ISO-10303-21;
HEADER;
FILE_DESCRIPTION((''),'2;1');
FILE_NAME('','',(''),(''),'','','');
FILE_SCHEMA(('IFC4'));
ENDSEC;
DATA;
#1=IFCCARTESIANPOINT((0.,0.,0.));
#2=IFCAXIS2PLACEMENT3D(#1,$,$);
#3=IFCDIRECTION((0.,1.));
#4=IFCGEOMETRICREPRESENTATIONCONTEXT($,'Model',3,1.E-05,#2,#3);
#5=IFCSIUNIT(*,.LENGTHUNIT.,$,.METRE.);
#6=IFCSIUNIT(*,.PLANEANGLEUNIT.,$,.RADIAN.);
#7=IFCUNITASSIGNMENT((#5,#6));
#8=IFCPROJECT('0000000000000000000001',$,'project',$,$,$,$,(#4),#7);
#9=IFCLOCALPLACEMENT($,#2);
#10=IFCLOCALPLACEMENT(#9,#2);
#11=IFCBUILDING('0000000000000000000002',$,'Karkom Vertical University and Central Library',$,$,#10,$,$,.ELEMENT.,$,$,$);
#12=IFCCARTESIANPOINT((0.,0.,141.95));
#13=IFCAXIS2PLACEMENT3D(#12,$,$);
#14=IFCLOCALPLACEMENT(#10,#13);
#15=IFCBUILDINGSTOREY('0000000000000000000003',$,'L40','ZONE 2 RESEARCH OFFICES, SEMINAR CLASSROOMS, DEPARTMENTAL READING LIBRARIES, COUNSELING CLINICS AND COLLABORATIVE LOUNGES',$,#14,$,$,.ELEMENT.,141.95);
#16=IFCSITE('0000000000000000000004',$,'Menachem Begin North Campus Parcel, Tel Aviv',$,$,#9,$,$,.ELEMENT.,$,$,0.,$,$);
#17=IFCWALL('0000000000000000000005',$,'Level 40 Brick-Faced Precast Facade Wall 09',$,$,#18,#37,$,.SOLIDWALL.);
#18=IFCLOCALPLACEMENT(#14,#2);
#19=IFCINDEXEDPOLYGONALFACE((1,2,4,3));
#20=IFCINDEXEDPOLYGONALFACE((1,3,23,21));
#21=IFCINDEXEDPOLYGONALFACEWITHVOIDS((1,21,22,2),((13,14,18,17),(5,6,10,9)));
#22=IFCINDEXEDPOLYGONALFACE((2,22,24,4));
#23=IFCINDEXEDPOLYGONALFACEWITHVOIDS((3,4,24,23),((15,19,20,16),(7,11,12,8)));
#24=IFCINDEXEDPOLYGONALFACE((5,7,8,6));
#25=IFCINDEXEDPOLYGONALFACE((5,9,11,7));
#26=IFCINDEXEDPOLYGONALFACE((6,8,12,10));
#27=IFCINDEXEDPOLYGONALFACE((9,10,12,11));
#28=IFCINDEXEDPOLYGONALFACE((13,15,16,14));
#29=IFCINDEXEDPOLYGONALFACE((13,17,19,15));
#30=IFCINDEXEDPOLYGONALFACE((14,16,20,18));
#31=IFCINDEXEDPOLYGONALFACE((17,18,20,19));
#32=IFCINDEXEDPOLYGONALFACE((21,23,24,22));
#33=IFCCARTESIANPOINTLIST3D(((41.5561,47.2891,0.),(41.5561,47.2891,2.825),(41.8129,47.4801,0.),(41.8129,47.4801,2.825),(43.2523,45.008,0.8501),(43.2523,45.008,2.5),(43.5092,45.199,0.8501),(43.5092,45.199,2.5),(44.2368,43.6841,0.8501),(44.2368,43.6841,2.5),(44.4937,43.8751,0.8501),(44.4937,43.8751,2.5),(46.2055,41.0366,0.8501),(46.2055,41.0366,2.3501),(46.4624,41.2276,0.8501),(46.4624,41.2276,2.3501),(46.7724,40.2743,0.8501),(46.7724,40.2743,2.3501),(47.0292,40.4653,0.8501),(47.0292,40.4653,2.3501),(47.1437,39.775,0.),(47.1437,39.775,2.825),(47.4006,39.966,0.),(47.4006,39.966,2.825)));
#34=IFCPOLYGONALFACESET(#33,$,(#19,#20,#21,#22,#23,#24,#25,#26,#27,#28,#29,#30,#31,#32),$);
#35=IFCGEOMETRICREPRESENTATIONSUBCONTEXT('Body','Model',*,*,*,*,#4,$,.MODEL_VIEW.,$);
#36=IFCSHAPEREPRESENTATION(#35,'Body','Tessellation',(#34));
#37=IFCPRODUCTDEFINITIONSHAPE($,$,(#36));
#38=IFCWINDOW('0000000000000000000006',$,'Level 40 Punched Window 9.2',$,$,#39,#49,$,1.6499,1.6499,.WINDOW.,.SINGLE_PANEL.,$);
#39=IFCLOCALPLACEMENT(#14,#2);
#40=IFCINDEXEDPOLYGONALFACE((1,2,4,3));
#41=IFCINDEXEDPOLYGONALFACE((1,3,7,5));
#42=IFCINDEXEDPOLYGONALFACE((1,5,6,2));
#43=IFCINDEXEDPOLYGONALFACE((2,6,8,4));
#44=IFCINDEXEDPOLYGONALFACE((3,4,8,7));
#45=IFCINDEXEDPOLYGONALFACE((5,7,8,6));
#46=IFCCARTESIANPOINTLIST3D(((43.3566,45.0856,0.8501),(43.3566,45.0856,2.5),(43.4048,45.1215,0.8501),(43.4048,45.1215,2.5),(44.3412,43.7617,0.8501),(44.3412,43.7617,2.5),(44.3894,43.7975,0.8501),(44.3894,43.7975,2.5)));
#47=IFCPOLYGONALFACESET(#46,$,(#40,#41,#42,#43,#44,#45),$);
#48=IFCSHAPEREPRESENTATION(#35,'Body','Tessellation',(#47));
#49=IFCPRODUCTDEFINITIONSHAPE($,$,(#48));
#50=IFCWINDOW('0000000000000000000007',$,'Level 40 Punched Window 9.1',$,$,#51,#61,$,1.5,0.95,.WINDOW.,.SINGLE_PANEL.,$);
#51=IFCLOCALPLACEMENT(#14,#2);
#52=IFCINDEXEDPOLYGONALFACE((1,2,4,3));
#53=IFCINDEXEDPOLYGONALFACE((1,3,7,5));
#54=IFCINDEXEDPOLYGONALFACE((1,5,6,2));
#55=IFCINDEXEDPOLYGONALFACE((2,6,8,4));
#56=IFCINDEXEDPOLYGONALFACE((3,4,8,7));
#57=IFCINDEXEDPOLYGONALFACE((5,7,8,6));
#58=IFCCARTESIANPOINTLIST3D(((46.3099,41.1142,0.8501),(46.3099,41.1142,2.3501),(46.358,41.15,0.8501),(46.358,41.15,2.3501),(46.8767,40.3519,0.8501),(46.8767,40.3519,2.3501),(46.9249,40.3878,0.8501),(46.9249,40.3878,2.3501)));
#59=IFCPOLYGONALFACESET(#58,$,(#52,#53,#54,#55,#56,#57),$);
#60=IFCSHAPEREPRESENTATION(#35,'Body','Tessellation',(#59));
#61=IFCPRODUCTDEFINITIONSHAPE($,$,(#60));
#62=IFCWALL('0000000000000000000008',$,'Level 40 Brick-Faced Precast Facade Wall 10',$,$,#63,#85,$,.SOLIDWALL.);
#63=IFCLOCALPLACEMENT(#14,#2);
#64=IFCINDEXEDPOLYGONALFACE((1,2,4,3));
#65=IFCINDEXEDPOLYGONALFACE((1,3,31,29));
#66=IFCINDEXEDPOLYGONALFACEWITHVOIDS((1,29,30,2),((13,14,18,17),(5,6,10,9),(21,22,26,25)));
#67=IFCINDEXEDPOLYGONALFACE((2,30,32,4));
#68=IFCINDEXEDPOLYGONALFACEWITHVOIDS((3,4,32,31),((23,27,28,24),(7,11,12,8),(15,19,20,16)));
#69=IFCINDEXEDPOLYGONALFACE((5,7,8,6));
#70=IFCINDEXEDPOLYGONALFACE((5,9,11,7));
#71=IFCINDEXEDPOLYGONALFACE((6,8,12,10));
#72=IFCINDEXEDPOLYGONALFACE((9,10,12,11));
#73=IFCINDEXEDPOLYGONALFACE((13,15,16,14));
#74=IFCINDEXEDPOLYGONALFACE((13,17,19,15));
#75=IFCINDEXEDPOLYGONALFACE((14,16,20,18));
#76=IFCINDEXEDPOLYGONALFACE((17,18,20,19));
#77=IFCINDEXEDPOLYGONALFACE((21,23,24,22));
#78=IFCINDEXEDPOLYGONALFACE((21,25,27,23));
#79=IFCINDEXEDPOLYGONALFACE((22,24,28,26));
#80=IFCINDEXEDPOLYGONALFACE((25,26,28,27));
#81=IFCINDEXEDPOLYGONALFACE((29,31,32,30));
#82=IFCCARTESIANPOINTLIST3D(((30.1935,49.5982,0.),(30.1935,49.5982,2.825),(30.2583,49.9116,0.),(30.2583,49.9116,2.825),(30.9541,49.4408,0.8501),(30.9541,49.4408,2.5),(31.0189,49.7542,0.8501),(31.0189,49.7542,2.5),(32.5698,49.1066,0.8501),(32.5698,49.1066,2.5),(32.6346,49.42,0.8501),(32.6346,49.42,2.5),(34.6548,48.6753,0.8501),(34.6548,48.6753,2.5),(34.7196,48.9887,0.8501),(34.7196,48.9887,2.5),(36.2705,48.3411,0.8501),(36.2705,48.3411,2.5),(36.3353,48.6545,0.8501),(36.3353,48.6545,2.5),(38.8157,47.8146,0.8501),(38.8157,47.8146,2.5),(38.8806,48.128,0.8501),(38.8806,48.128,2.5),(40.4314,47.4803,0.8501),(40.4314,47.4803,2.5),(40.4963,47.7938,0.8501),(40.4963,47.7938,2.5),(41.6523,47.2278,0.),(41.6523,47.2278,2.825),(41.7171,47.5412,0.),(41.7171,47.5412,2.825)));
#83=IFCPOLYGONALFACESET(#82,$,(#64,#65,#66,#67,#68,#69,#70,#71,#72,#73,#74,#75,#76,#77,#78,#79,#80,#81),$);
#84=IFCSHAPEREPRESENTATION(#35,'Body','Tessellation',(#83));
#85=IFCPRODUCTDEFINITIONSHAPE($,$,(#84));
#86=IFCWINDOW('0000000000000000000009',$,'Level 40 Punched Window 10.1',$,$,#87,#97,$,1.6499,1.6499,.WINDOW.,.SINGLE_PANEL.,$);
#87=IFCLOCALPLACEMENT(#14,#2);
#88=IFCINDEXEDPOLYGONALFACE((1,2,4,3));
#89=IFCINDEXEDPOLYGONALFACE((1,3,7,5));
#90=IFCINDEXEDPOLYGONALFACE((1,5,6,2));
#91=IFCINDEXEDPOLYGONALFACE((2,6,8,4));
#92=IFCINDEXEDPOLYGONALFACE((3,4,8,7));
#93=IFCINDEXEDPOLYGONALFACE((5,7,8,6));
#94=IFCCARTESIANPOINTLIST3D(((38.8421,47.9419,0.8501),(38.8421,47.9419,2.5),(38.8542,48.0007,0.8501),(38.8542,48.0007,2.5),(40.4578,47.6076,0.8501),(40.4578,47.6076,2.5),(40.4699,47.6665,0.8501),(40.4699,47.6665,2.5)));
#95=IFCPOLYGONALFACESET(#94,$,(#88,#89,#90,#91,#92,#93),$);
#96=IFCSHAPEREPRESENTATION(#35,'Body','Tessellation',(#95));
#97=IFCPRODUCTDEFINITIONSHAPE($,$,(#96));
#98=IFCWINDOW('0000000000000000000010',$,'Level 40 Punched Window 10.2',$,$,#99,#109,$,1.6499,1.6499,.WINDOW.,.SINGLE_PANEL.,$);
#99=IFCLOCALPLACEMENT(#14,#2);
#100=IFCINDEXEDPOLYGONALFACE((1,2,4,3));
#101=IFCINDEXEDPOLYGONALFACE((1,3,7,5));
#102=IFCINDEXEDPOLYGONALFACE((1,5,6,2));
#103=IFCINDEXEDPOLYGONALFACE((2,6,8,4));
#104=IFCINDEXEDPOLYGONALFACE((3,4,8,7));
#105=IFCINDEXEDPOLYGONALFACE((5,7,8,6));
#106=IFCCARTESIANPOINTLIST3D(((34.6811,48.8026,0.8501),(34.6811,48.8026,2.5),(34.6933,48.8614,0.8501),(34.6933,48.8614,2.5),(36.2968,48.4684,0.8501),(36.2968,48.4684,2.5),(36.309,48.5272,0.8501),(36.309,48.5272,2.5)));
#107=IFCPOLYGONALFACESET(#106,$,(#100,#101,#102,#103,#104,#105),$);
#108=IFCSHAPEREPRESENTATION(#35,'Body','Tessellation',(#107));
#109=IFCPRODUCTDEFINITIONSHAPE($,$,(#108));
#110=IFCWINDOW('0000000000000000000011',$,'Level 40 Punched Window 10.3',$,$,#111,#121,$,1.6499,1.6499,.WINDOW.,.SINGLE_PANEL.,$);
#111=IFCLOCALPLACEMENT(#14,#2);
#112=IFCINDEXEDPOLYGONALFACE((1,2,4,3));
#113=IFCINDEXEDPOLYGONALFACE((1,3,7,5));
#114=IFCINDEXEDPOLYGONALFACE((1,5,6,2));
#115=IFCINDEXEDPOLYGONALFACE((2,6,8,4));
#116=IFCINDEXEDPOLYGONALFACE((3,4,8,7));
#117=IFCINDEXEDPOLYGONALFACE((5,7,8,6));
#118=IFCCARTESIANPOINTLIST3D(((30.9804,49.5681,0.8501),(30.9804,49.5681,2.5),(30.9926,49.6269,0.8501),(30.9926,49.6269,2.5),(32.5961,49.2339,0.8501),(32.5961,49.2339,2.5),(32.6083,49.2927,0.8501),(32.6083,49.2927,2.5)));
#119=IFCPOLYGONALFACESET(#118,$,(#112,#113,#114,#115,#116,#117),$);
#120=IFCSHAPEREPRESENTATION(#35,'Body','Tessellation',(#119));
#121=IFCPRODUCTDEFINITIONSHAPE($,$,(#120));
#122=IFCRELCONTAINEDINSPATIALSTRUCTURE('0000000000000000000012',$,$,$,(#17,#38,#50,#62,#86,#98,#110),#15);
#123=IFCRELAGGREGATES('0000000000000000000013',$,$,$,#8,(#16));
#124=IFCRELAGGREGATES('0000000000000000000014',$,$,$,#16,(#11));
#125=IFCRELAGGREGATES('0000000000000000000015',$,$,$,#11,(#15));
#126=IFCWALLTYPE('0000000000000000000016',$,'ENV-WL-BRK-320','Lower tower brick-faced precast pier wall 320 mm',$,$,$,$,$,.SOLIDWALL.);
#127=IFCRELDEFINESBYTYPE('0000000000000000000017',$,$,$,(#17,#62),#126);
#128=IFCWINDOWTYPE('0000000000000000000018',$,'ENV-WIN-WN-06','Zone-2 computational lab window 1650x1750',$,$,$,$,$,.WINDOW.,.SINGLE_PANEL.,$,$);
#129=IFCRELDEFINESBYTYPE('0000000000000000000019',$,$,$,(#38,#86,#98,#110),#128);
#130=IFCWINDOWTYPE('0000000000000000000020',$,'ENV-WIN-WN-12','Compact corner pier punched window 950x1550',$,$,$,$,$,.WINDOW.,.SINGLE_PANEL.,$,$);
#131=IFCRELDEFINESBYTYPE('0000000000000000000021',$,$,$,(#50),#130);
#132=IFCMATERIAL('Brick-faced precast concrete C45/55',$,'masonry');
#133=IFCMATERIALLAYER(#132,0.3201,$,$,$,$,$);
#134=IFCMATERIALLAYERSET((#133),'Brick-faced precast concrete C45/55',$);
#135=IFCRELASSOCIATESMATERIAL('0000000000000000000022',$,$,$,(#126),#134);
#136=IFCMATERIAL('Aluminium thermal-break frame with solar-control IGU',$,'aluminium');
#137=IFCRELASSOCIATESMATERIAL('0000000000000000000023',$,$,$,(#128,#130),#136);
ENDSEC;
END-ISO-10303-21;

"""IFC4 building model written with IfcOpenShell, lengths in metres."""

from ifc_helpers import new_model, si_unit, direction, frame, frame_2d, origin, origin_with_axes, place, context, subcontext, project, spatial, rectangle, extrude, source, transform, mapped, material, layer, layer_set, type_object, element, fill, save


model = new_model("IFC4")

# Units and contexts
model_context = context("Model", 3, precision=1e-05, world=origin(), true_north=direction((0.0, 1.0)))
body_context = subcontext(model_context, "Body", "Model", "MODEL_VIEW")
ifc_project = project(units=[si_unit("LENGTHUNIT", "METRE"), si_unit("PLANEANGLEUNIT", "RADIAN")], contexts=[model_context])

# Site, building, storey
site_placement = place(None, origin())
site = spatial("IfcSite", under=ifc_project, at=site_placement, Name="Menachem Begin North Campus Parcel, Tel Aviv", CompositionType="ELEMENT", RefElevation=0.0)
building_placement = place(site_placement, origin())
building = spatial("IfcBuilding", under=site, at=building_placement, Name="Karkom Vertical University and Central Library", CompositionType="ELEMENT")
storey_placement = place(building_placement, frame((0.0, 0.0, 141.95)))
storey = spatial("IfcBuildingStorey", under=building, at=storey_placement, Name="L40", Description="ZONE 2 RESEARCH OFFICES, SEMINAR CLASSROOMS, DEPARTMENTAL READING LIBRARIES, COUNSELING CLINICS AND COLLABORATIVE LOUNGES", CompositionType="ELEMENT", Elevation=141.95)

# Walls, openings, windows
ifc_material_1 = material(Name="Brick-faced precast concrete C45/55", Category="masonry")
ifc_layer_1 = layer(ifc_material_1, 0.3201)
ifc_layer_set_1 = layer_set([ifc_layer_1], Name="Brick-faced precast concrete C45/55")
wall_type_1 = type_object("IfcWallType", Name="ENV-WL-BRK-320", Description="Lower tower brick-faced precast pier wall 320 mm", PredefinedType="SOLIDWALL", material=ifc_layer_set_1)
wall_1_placement = place(storey_placement, frame((47.2722, 39.8704, 0.0), z_axis=(0.0, 0.0, 1.0), x_axis=(-0.596716, 0.802452, 0.0)))
wall_1 = element("IfcWall", 1, at=wall_1_placement, inside=storey, type_object=wall_type_1, Name="Level 40 Brick-Faced Precast Facade Wall 09", PredefinedType="SOLIDWALL", context=body_context, shape_type="SweptSolid", body=[
    extrude(rectangle(XDim=9.364, YDim=0.3201, at=frame_2d((4.6821, 0.0))), origin(), (0.0, 0.0, 1.0), 2.825),
])
opening_1_placement = place(wall_1_placement, frame((0.6223, 0.0, 0.8501)))
opening_1 = element("IfcOpeningElement", 2, at=opening_1_placement, cuts=wall_1, PredefinedType="OPENING", context=body_context, shape_type="SweptSolid", body=[
    extrude(rectangle(XDim=0.95, YDim=1.5, at=frame_2d((0.4751, 0.75))), frame((0.0, 0.1699, 0.0), z_axis=(0.0, -1.0, 0.0), x_axis=(1.0, 0.0, 0.0)), (0.0, 0.0, 1.0), 0.3401),
])
opening_2_placement = place(wall_1_placement, frame((4.8716, 0.0, 0.8501)))
opening_2 = element("IfcOpeningElement", 3, at=opening_2_placement, cuts=wall_1, PredefinedType="OPENING", context=body_context, shape_type="SweptSolid", body=[
    extrude(rectangle(XDim=1.6499, YDim=1.6499, at=frame_2d((0.825, 0.825))), frame((0.0, 0.1699, 0.0), z_axis=(0.0, -1.0, 0.0), x_axis=(1.0, 0.0, 0.0)), (0.0, 0.0, 1.0), 0.3401),
])
ifc_material_2 = material(Name="Aluminium thermal-break frame with solar-control IGU", Category="aluminium")
window_type_1 = type_object("IfcWindowType", Name="ENV-WIN-WN-06", Description="Zone-2 computational lab window 1650x1750", PartitioningType="SINGLE_PANEL", PredefinedType="WINDOW", material=ifc_material_2)
shared_shape_1 = source(origin_with_axes(), body_context, "Body", "SweptSolid", [
    extrude(rectangle(XDim=1.6499, YDim=1.6499, at=frame_2d((0.825, 0.825))), frame((0.0, 0.03, 0.0), z_axis=(0.0, -1.0, 0.0), x_axis=(1.0, 0.0, 0.0)), (0.0, 0.0, 1.0), 0.0601),
])
window_1_placement = place(opening_2_placement, origin())
window_1 = element("IfcWindow", 4, at=window_1_placement, inside=storey, type_object=window_type_1, Name="Level 40 Punched Window 9.2", OverallHeight=1.6499, OverallWidth=1.6499, PartitioningType="SINGLE_PANEL", PredefinedType="WINDOW", context=body_context, shape_type="MappedRepresentation", body=[
    mapped(shared_shape_1, transform((0.0, 0.0, 0.0), scale=1.0)),
])
fill(opening_2, window_1)
window_type_2 = type_object("IfcWindowType", Name="ENV-WIN-WN-12", Description="Compact corner pier punched window 950x1550", PartitioningType="SINGLE_PANEL", PredefinedType="WINDOW", material=ifc_material_2)
shared_shape_2 = source(origin_with_axes(), body_context, "Body", "SweptSolid", [
    extrude(rectangle(XDim=0.95, YDim=1.5, at=frame_2d((0.4751, 0.75))), frame((0.0, 0.03, 0.0), z_axis=(0.0, -1.0, 0.0), x_axis=(1.0, 0.0, 0.0)), (0.0, 0.0, 1.0), 0.0601),
])
window_2_placement = place(opening_1_placement, origin())
window_2 = element("IfcWindow", 5, at=window_2_placement, inside=storey, type_object=window_type_2, Name="Level 40 Punched Window 9.1", OverallHeight=1.5, OverallWidth=0.95, PartitioningType="SINGLE_PANEL", PredefinedType="WINDOW", context=body_context, shape_type="MappedRepresentation", body=[
    mapped(shared_shape_2, transform((0.0, 0.0, 0.0), scale=1.0)),
])
fill(opening_1, window_2)
wall_2_placement = place(storey_placement, frame((41.6846, 47.3845, 0.0), z_axis=(0.0, 0.0, 1.0), x_axis=(-0.979267, 0.202572, 0.0)))
wall_2 = element("IfcWall", 6, at=wall_2_placement, inside=storey, type_object=wall_type_1, Name="Level 40 Brick-Faced Precast Facade Wall 10", PredefinedType="SOLIDWALL", context=body_context, shape_type="SweptSolid", body=[
    extrude(rectangle(XDim=11.7014, YDim=0.3201, at=frame_2d((5.8506, 0.0))), origin(), (0.0, 0.0, 1.0), 2.825),
])
opening_3_placement = place(wall_2_placement, frame((1.2466, 0.0, 0.8501)))
opening_3 = element("IfcOpeningElement", 7, at=opening_3_placement, cuts=wall_2, PredefinedType="OPENING", context=body_context, shape_type="SweptSolid", body=[
    extrude(rectangle(XDim=1.6499, YDim=1.6499, at=frame_2d((0.825, 0.825))), frame((0.0, 0.1699, 0.0), z_axis=(0.0, -1.0, 0.0), x_axis=(1.0, 0.0, 0.0)), (0.0, 0.0, 1.0), 0.3401),
])
opening_4_placement = place(wall_2_placement, frame((5.4956, 0.0, 0.8501)))
opening_4 = element("IfcOpeningElement", 8, at=opening_4_placement, cuts=wall_2, PredefinedType="OPENING", context=body_context, shape_type="SweptSolid", body=[
    extrude(rectangle(XDim=1.6499, YDim=1.6499, at=frame_2d((0.825, 0.825))), frame((0.0, 0.1699, 0.0), z_axis=(0.0, -1.0, 0.0), x_axis=(1.0, 0.0, 0.0)), (0.0, 0.0, 1.0), 0.3401),
])
opening_5_placement = place(wall_2_placement, frame((9.2747, 0.0, 0.8501)))
opening_5 = element("IfcOpeningElement", 9, at=opening_5_placement, cuts=wall_2, PredefinedType="OPENING", context=body_context, shape_type="SweptSolid", body=[
    extrude(rectangle(XDim=1.6499, YDim=1.6499, at=frame_2d((0.825, 0.825))), frame((0.0, 0.1699, 0.0), z_axis=(0.0, -1.0, 0.0), x_axis=(1.0, 0.0, 0.0)), (0.0, 0.0, 1.0), 0.3401),
])
window_3_placement = place(opening_3_placement, origin())
window_3 = element("IfcWindow", 10, at=window_3_placement, inside=storey, type_object=window_type_1, Name="Level 40 Punched Window 10.1", OverallHeight=1.6499, OverallWidth=1.6499, PartitioningType="SINGLE_PANEL", PredefinedType="WINDOW", context=body_context, shape_type="MappedRepresentation", body=[
    mapped(shared_shape_1, transform((0.0, 0.0, 0.0), scale=1.0)),
])
fill(opening_3, window_3)
window_4_placement = place(opening_4_placement, origin())
window_4 = element("IfcWindow", 11, at=window_4_placement, inside=storey, type_object=window_type_1, Name="Level 40 Punched Window 10.2", OverallHeight=1.6499, OverallWidth=1.6499, PartitioningType="SINGLE_PANEL", PredefinedType="WINDOW", context=body_context, shape_type="MappedRepresentation", body=[
    mapped(shared_shape_1, transform((0.0, 0.0, 0.0), scale=1.0)),
])
fill(opening_4, window_4)
window_5_placement = place(opening_5_placement, origin())
window_5 = element("IfcWindow", 12, at=window_5_placement, inside=storey, type_object=window_type_1, Name="Level 40 Punched Window 10.3", OverallHeight=1.6499, OverallWidth=1.6499, PartitioningType="SINGLE_PANEL", PredefinedType="WINDOW", context=body_context, shape_type="MappedRepresentation", body=[
    mapped(shared_shape_1, transform((0.0, 0.0, 0.0), scale=1.0)),
])
fill(opening_5, window_5)

save(model, "model.ifc")
